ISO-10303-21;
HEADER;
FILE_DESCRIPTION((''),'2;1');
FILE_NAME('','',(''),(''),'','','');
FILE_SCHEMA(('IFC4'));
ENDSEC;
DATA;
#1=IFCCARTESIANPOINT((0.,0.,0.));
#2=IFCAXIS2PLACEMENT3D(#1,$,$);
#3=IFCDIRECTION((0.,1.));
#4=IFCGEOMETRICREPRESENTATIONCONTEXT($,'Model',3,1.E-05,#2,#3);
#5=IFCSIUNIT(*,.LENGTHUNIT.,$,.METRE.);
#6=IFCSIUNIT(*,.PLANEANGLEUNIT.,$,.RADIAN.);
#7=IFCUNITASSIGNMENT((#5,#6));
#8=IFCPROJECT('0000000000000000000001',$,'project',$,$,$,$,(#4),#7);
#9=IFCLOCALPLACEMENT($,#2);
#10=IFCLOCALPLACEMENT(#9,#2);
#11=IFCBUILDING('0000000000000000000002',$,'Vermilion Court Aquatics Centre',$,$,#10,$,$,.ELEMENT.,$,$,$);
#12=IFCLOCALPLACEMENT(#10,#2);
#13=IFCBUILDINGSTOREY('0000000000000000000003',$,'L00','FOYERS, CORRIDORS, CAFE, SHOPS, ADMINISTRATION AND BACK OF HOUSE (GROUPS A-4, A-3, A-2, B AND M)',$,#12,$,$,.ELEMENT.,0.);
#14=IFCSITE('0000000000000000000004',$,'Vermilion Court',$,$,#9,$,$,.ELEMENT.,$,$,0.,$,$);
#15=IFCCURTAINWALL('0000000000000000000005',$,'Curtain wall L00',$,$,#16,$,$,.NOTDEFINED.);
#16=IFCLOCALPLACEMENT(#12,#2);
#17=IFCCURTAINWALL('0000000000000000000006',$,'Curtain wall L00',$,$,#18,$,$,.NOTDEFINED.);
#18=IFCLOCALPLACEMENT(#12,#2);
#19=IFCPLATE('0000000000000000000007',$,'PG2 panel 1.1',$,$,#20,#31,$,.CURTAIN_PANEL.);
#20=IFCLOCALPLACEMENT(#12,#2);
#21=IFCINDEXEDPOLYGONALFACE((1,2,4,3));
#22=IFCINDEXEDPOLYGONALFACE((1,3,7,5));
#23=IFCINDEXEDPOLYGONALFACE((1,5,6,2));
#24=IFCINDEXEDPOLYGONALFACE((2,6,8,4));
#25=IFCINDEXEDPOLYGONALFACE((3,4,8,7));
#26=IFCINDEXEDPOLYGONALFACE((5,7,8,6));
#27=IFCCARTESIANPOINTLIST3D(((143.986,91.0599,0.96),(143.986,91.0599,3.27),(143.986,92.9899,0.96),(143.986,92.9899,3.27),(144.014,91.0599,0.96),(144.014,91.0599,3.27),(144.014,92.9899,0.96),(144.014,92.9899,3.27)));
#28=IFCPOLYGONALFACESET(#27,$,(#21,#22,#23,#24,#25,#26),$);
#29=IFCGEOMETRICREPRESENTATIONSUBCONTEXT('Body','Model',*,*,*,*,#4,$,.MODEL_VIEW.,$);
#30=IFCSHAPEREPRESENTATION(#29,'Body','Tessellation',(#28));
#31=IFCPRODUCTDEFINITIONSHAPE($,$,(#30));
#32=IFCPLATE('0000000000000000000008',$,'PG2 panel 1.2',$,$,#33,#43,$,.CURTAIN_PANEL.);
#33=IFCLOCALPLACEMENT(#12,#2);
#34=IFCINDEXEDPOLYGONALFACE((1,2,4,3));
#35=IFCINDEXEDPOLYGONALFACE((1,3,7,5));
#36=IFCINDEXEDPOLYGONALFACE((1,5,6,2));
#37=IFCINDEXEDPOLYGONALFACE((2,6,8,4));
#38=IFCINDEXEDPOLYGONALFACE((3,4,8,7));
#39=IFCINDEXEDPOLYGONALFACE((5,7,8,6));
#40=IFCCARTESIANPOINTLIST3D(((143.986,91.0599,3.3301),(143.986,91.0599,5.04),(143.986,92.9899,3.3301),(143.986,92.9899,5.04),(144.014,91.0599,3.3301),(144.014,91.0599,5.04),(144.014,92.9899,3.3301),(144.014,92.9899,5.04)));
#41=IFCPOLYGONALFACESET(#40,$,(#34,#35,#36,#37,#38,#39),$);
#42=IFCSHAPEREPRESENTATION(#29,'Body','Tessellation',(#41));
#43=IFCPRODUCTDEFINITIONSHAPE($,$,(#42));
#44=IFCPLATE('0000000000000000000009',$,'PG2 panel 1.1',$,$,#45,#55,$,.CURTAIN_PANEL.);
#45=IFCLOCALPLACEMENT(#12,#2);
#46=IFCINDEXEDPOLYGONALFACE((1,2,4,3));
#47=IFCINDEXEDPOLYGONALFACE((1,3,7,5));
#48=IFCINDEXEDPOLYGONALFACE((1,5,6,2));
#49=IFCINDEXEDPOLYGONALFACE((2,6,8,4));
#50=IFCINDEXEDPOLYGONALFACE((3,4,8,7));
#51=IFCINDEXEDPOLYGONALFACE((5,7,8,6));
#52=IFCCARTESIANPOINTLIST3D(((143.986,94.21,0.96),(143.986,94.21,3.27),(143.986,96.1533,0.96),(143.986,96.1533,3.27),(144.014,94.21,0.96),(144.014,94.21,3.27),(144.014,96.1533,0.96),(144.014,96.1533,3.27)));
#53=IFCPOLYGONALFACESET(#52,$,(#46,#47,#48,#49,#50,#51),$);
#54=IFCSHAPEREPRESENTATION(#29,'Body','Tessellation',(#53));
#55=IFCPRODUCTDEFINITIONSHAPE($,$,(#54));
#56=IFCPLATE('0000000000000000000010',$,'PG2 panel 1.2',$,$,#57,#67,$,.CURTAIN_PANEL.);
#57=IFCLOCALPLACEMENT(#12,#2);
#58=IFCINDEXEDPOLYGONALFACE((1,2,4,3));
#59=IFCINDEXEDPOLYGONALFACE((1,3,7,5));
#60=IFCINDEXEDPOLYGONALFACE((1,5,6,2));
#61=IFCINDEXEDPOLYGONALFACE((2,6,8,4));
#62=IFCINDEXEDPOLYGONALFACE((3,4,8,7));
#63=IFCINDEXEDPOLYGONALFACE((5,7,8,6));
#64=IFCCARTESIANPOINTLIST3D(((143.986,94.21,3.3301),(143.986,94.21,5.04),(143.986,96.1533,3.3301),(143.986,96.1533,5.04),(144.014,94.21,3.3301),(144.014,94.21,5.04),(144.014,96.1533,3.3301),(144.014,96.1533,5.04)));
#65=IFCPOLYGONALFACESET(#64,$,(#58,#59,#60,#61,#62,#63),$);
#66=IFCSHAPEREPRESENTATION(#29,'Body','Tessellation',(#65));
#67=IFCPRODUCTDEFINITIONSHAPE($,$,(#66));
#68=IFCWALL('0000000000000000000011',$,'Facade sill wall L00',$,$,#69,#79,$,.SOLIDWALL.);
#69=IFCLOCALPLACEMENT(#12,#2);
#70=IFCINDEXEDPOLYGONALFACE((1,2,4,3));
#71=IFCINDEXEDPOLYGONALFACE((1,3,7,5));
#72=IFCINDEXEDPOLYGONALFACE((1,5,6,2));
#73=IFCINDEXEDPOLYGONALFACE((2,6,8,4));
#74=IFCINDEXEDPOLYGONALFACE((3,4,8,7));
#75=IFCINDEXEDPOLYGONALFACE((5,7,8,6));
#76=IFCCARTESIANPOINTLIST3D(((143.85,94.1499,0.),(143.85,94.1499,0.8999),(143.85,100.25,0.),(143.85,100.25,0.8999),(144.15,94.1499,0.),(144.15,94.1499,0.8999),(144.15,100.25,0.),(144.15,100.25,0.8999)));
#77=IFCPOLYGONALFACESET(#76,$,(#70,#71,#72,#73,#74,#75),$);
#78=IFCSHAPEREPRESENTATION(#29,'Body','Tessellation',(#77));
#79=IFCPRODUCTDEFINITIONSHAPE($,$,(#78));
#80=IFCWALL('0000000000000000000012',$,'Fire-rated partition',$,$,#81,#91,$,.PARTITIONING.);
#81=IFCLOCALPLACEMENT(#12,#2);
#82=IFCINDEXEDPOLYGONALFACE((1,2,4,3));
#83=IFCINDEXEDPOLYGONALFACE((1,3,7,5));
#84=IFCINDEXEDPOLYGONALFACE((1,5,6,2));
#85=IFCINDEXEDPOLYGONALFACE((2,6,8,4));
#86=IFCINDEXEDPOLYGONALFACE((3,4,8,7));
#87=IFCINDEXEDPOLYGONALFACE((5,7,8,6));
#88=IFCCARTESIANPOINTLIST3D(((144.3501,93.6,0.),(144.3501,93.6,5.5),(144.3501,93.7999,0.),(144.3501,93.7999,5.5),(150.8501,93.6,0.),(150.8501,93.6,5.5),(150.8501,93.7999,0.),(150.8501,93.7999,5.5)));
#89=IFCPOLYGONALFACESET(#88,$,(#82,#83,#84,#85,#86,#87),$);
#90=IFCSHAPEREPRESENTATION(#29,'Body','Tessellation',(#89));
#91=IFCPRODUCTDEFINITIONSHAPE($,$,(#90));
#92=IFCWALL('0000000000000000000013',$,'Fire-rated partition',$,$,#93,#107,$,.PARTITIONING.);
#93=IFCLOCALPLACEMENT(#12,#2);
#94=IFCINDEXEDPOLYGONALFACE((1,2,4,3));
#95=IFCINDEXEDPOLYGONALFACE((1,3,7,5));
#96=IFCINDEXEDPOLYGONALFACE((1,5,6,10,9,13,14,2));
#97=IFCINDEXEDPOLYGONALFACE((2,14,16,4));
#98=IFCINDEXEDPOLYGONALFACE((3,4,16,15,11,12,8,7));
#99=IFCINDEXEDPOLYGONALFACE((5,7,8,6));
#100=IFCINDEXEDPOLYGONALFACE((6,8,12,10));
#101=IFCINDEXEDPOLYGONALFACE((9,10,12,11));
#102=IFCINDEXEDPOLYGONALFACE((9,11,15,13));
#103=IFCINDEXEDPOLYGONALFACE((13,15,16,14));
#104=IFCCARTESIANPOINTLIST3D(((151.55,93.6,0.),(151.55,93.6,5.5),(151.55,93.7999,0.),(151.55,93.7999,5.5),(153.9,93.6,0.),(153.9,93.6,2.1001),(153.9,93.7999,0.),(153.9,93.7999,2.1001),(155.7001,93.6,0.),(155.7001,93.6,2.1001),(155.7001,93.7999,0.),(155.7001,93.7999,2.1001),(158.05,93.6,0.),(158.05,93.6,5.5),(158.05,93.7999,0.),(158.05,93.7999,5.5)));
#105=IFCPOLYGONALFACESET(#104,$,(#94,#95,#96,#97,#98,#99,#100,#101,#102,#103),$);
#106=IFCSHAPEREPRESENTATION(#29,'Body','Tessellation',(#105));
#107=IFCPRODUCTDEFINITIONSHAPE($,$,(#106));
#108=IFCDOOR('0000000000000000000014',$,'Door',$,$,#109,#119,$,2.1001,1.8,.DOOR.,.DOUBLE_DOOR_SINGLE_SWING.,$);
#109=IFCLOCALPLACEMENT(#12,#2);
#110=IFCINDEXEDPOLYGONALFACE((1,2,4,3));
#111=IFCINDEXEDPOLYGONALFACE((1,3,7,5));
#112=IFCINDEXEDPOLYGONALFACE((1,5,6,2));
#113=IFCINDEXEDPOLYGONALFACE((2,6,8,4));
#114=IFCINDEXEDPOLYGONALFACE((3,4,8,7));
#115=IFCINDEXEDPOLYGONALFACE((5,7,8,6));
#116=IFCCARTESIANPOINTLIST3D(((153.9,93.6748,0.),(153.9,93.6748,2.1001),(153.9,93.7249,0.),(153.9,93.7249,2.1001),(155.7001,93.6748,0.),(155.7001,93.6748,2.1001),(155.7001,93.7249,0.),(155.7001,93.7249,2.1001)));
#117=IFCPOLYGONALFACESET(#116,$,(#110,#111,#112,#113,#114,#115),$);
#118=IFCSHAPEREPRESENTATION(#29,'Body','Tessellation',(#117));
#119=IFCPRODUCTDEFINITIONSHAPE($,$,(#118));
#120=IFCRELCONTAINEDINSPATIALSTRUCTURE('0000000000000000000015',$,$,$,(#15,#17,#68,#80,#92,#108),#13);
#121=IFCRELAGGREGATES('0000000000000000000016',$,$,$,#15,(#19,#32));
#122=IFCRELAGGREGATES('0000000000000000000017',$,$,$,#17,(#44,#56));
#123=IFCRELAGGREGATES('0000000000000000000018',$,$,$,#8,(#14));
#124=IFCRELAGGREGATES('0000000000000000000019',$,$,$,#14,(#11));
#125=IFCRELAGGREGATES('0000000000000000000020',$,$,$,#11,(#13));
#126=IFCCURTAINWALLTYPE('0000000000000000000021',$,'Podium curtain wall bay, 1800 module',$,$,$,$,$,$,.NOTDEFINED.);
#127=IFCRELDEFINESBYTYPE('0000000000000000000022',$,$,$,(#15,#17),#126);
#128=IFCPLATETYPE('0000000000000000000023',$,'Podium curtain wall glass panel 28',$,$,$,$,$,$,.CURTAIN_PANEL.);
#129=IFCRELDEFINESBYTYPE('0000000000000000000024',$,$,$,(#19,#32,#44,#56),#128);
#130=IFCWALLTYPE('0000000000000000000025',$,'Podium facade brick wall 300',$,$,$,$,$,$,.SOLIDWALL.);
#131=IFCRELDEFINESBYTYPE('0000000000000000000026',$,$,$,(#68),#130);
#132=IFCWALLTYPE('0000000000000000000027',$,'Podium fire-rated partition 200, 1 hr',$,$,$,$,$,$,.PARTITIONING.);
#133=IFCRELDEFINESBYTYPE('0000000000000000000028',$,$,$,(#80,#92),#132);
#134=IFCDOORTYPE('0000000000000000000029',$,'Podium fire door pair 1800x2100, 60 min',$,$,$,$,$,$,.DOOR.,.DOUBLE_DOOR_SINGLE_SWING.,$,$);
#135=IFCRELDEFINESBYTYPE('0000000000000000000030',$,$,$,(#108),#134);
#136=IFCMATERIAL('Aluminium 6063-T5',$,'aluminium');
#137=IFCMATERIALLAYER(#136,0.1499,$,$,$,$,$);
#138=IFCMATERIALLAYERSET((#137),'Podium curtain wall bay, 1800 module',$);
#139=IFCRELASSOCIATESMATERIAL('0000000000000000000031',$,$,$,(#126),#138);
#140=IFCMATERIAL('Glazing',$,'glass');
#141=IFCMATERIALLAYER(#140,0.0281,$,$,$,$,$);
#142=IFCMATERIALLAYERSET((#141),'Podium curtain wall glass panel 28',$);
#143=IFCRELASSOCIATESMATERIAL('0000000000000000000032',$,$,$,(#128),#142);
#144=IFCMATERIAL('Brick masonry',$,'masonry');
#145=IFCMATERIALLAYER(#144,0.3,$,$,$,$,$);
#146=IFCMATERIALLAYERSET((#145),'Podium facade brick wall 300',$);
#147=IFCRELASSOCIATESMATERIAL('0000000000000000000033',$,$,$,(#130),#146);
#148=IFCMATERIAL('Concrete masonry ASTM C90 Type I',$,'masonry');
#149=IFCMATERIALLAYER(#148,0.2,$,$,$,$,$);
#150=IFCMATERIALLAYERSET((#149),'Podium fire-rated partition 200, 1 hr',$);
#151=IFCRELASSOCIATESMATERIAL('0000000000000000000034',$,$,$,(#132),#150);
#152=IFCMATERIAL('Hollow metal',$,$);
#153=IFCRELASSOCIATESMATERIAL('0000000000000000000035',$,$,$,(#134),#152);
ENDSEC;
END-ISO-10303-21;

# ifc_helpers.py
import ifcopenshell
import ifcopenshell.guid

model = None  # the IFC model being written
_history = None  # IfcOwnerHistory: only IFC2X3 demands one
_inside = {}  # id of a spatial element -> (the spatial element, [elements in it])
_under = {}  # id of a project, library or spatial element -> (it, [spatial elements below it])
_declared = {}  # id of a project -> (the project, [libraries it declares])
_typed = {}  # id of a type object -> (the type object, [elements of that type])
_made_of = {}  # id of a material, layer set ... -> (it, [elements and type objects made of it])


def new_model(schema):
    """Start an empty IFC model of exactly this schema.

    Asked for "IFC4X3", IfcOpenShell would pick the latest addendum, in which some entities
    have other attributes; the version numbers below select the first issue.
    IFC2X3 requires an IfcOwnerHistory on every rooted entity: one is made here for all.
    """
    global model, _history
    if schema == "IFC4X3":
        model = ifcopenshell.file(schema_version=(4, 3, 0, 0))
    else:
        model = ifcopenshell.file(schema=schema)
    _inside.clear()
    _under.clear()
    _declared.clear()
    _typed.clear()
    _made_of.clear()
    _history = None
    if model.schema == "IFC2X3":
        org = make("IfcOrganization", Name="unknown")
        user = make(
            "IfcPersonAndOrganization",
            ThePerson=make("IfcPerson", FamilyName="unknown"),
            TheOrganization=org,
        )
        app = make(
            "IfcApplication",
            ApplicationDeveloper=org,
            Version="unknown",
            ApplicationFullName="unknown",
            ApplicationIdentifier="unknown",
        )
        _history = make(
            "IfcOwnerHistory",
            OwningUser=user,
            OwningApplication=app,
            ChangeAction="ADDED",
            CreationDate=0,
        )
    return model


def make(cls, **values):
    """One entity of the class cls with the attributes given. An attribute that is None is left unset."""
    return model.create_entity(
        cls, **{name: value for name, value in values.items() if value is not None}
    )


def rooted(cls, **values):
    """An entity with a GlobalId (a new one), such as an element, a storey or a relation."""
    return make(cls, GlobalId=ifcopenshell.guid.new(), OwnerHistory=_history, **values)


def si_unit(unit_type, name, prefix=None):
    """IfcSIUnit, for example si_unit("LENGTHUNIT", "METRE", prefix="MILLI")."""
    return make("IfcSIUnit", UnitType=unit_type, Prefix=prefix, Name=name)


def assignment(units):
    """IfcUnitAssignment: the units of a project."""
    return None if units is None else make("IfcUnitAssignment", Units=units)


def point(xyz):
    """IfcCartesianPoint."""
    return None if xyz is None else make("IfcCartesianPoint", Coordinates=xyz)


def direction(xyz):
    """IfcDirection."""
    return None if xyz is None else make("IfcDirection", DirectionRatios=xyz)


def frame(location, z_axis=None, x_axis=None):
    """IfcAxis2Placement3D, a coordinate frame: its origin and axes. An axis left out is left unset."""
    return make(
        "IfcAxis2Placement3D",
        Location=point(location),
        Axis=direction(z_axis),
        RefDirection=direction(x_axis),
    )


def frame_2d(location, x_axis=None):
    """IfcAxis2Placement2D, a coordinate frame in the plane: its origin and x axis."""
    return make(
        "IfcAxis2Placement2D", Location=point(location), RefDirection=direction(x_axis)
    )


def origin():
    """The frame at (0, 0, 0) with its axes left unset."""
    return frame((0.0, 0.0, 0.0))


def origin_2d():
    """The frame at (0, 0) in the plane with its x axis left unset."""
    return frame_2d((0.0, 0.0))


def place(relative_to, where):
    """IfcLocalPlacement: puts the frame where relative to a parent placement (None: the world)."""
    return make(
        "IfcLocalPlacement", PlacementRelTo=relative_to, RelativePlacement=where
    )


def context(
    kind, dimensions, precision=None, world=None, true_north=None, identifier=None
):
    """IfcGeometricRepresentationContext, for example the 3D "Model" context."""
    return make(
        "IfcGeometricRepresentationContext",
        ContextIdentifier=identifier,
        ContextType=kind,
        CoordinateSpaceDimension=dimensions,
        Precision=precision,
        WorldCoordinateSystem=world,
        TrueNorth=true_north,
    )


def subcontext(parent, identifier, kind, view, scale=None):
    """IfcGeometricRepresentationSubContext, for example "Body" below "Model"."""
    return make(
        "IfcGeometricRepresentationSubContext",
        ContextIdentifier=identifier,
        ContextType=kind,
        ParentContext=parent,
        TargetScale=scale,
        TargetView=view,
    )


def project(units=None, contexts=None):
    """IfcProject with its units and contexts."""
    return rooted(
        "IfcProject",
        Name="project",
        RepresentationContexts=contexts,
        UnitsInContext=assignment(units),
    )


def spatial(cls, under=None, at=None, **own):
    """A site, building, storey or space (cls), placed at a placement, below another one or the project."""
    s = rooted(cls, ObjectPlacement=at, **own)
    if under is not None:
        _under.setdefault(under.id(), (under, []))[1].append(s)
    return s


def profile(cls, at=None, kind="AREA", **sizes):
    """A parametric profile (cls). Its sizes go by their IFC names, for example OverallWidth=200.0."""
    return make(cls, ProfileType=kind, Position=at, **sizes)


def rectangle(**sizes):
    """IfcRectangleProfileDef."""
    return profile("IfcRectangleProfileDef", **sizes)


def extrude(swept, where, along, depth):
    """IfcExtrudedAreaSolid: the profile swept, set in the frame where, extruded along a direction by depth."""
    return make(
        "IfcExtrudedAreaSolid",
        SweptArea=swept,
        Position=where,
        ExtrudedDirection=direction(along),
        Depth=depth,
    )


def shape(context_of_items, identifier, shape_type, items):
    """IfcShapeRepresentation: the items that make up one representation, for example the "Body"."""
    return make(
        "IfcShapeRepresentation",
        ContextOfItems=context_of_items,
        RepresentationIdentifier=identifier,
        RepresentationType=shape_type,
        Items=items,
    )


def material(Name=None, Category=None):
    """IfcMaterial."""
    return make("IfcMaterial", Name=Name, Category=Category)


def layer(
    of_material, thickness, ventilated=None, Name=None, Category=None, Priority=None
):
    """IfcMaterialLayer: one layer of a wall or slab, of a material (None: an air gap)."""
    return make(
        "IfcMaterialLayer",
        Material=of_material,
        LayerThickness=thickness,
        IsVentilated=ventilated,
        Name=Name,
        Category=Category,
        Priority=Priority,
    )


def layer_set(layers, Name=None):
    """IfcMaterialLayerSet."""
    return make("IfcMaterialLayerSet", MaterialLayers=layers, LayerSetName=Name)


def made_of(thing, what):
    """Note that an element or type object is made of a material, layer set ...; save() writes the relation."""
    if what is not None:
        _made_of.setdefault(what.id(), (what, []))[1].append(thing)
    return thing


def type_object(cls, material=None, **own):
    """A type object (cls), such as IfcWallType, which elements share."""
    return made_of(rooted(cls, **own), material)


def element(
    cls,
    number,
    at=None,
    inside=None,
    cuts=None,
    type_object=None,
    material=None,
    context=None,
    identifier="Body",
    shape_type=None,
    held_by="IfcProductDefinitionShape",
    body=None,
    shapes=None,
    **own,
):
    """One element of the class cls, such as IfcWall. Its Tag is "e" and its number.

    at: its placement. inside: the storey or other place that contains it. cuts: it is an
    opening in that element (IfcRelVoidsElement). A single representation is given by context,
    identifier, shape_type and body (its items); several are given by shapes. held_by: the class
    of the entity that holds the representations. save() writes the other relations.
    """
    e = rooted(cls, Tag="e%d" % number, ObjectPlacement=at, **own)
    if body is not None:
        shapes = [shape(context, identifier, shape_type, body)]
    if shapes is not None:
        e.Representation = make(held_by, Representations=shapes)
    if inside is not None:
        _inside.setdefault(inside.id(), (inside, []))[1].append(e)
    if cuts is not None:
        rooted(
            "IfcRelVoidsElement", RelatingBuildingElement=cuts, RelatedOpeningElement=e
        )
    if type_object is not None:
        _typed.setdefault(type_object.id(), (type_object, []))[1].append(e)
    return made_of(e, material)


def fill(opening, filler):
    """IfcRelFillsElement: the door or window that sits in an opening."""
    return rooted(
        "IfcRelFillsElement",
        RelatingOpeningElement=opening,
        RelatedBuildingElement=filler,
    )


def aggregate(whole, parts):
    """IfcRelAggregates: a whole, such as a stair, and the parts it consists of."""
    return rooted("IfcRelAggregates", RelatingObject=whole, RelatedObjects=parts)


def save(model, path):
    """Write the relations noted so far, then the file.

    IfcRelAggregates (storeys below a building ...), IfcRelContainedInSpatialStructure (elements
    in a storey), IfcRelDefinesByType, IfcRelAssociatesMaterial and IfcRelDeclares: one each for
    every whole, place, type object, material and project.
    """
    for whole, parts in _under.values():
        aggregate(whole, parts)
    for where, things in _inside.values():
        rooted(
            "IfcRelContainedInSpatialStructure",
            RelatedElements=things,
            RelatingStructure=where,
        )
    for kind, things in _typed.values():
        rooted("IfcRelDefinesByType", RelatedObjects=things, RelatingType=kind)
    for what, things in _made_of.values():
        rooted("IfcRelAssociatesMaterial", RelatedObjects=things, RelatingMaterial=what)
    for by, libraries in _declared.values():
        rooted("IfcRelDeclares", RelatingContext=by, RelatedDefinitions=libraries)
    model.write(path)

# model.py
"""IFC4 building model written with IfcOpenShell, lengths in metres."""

from ifc_helpers import new_model, si_unit, direction, frame, frame_2d, origin, origin_2d, place, context, subcontext, project, spatial, rectangle, extrude, material, layer, layer_set, type_object, element, fill, aggregate, save


model = new_model("IFC4")

# Units and contexts
model_context = context("Model", 3, precision=1e-05, world=origin(), true_north=direction((0.0, 1.0)))
body_context = subcontext(model_context, "Body", "Model", "MODEL_VIEW")
ifc_project = project(units=[si_unit("LENGTHUNIT", "METRE"), si_unit("PLANEANGLEUNIT", "RADIAN")], contexts=[model_context])

# Site, building, storey
site_placement = place(None, origin())
site = spatial("IfcSite", under=ifc_project, at=site_placement, Name="Vermilion Court", CompositionType="ELEMENT", RefElevation=0.0)
building_placement = place(site_placement, origin())
building = spatial("IfcBuilding", under=site, at=building_placement, Name="Vermilion Court Aquatics Centre", CompositionType="ELEMENT")
storey_placement = place(building_placement, origin())
storey = spatial("IfcBuildingStorey", under=building, at=storey_placement, Name="L00", Description="FOYERS, CORRIDORS, CAFE, SHOPS, ADMINISTRATION AND BACK OF HOUSE (GROUPS A-4, A-3, A-2, B AND M)", CompositionType="ELEMENT", Elevation=0.0)

# Curtain wall
ifc_material_1 = material(Name="Aluminium 6063-T5", Category="aluminium")
ifc_layer_1 = layer(ifc_material_1, 0.1499)
ifc_layer_set_1 = layer_set([ifc_layer_1], Name="Podium curtain wall bay, 1800 module")
curtain_wall_type = type_object("IfcCurtainWallType", Name="Podium curtain wall bay, 1800 module", PredefinedType="NOTDEFINED", material=ifc_layer_set_1)
curtain_wall_1_placement = place(storey_placement, origin())
curtain_wall_1 = element("IfcCurtainWall", 1, at=curtain_wall_1_placement, inside=storey, type_object=curtain_wall_type, Name="Curtain wall L00", PredefinedType="NOTDEFINED")

# Curtain wall
curtain_wall_2_placement = place(storey_placement, origin())
curtain_wall_2 = element("IfcCurtainWall", 2, at=curtain_wall_2_placement, inside=storey, type_object=curtain_wall_type, Name="Curtain wall L00", PredefinedType="NOTDEFINED")

# Plates
ifc_material_2 = material(Name="Glazing", Category="glass")
ifc_layer_2 = layer(ifc_material_2, 0.0281)
ifc_layer_set_2 = layer_set([ifc_layer_2], Name="Podium curtain wall glass panel 28")
plate_type = type_object("IfcPlateType", Name="Podium curtain wall glass panel 28", PredefinedType="CURTAIN_PANEL", material=ifc_layer_set_2)
plate_1_placement = place(storey_placement, frame((144.0, 92.0249, 0.96), z_axis=(0.0, 0.0, 1.0), x_axis=(0.0, 1.0, 0.0)))
plate_1 = element("IfcPlate", 3, at=plate_1_placement, type_object=plate_type, Name="PG2 panel 1.1", PredefinedType="CURTAIN_PANEL", context=body_context, shape_type="SweptSolid", body=[
    extrude(rectangle(XDim=1.9299, YDim=0.0281, at=origin_2d()), origin(), (0.0, 0.0, 1.0), 2.3101),
])
plate_2_placement = place(storey_placement, frame((144.0, 92.0249, 3.3301), z_axis=(0.0, 0.0, 1.0), x_axis=(0.0, 1.0, 0.0)))
plate_2 = element("IfcPlate", 4, at=plate_2_placement, type_object=plate_type, Name="PG2 panel 1.2", PredefinedType="CURTAIN_PANEL", context=body_context, shape_type="SweptSolid", body=[
    extrude(rectangle(XDim=1.9299, YDim=0.0281, at=origin_2d()), origin(), (0.0, 0.0, 1.0), 1.71),
])
aggregate(curtain_wall_1, [plate_1, plate_2])
plate_3_placement = place(storey_placement, frame((144.0, 95.1816, 0.96), z_axis=(0.0, 0.0, 1.0), x_axis=(0.0, 1.0, 0.0)))
plate_3 = element("IfcPlate", 5, at=plate_3_placement, type_object=plate_type, Name="PG2 panel 1.1", PredefinedType="CURTAIN_PANEL", context=body_context, shape_type="SweptSolid", body=[
    extrude(rectangle(XDim=1.9434, YDim=0.0281, at=origin_2d()), origin(), (0.0, 0.0, 1.0), 2.3101),
])
plate_4_placement = place(storey_placement, frame((144.0, 95.1816, 3.3301), z_axis=(0.0, 0.0, 1.0), x_axis=(0.0, 1.0, 0.0)))
plate_4 = element("IfcPlate", 6, at=plate_4_placement, type_object=plate_type, Name="PG2 panel 1.2", PredefinedType="CURTAIN_PANEL", context=body_context, shape_type="SweptSolid", body=[
    extrude(rectangle(XDim=1.9434, YDim=0.0281, at=origin_2d()), origin(), (0.0, 0.0, 1.0), 1.71),
])
aggregate(curtain_wall_2, [plate_3, plate_4])

# Walls
ifc_material_3 = material(Name="Brick masonry", Category="masonry")
ifc_layer_3 = layer(ifc_material_3, 0.3)
ifc_layer_set_3 = layer_set([ifc_layer_3], Name="Podium facade brick wall 300")
wall_type_1 = type_object("IfcWallType", Name="Podium facade brick wall 300", PredefinedType="SOLIDWALL", material=ifc_layer_set_3)
wall_1_placement = place(storey_placement, frame((144.0, 94.1499, 0.0), z_axis=(0.0, 0.0, 1.0), x_axis=(0.0, 1.0, 0.0)))
element("IfcWall", 7, at=wall_1_placement, inside=storey, type_object=wall_type_1, Name="Facade sill wall L00", PredefinedType="SOLIDWALL", context=body_context, shape_type="SweptSolid", body=[
    extrude(rectangle(XDim=6.1001, YDim=0.3, at=frame_2d((3.05, 0.0))), origin(), (0.0, 0.0, 1.0), 0.8999),
])
ifc_material_4 = material(Name="Concrete masonry ASTM C90 Type I", Category="masonry")
ifc_layer_4 = layer(ifc_material_4, 0.2)
ifc_layer_set_4 = layer_set([ifc_layer_4], Name="Podium fire-rated partition 200, 1 hr")
wall_type_2 = type_object("IfcWallType", Name="Podium fire-rated partition 200, 1 hr", PredefinedType="PARTITIONING", material=ifc_layer_set_4)
wall_2_placement = place(storey_placement, frame((144.3501, 93.7, 0.0), z_axis=(0.0, 0.0, 1.0), x_axis=(1.0, 0.0, 0.0)))
element("IfcWall", 8, at=wall_2_placement, inside=storey, type_object=wall_type_2, Name="Fire-rated partition", PredefinedType="PARTITIONING", context=body_context, shape_type="SweptSolid", body=[
    extrude(rectangle(XDim=6.5, YDim=0.2, at=frame_2d((3.25, 0.0))), origin(), (0.0, 0.0, 1.0), 5.5),
])

# Wall, opening, door
wall_3_placement = place(storey_placement, frame((151.55, 93.7, 0.0), z_axis=(0.0, 0.0, 1.0), x_axis=(1.0, 0.0, 0.0)))
wall_3 = element("IfcWall", 9, at=wall_3_placement, inside=storey, type_object=wall_type_2, Name="Fire-rated partition", PredefinedType="PARTITIONING", context=body_context, shape_type="SweptSolid", body=[
    extrude(rectangle(XDim=6.5, YDim=0.2, at=frame_2d((3.25, 0.0))), origin(), (0.0, 0.0, 1.0), 5.5),
])
opening_placement = place(wall_3_placement, frame((2.3501, 0.0, 0.0)))
opening = element("IfcOpeningElement", 10, at=opening_placement, cuts=wall_3, PredefinedType="OPENING", context=body_context, shape_type="SweptSolid", body=[
    extrude(rectangle(XDim=1.8, YDim=2.1001, at=frame_2d((0.8999, 1.05))), frame((0.0, 0.1099, 0.0), z_axis=(0.0, -1.0, 0.0), x_axis=(1.0, 0.0, 0.0)), (0.0, 0.0, 1.0), 0.22),
])
ifc_material_5 = material(Name="Hollow metal")
door_type = type_object("IfcDoorType", Name="Podium fire door pair 1800x2100, 60 min", OperationType="DOUBLE_DOOR_SINGLE_SWING", PredefinedType="DOOR", material=ifc_material_5)
door_placement = place(opening_placement, frame((1.8, 0.0, 0.0), z_axis=(0.0, 0.0, 1.0), x_axis=(-1.0, 0.0, 0.0)))
door = element("IfcDoor", 11, at=door_placement, inside=storey, type_object=door_type, Name="Door", OperationType="DOUBLE_DOOR_SINGLE_SWING", OverallHeight=2.1001, OverallWidth=1.8, PredefinedType="DOOR", context=body_context, shape_type="SweptSolid", body=[
    extrude(rectangle(XDim=1.8, YDim=2.1001, at=frame_2d((0.9001, 1.05))), frame((0.0, 0.0251, 0.0), z_axis=(0.0, -1.0, 0.0), x_axis=(1.0, 0.0, 0.0)), (0.0, 0.0, 1.0), 0.05),
])
fill(opening, door)

save(model, "model.ifc")
